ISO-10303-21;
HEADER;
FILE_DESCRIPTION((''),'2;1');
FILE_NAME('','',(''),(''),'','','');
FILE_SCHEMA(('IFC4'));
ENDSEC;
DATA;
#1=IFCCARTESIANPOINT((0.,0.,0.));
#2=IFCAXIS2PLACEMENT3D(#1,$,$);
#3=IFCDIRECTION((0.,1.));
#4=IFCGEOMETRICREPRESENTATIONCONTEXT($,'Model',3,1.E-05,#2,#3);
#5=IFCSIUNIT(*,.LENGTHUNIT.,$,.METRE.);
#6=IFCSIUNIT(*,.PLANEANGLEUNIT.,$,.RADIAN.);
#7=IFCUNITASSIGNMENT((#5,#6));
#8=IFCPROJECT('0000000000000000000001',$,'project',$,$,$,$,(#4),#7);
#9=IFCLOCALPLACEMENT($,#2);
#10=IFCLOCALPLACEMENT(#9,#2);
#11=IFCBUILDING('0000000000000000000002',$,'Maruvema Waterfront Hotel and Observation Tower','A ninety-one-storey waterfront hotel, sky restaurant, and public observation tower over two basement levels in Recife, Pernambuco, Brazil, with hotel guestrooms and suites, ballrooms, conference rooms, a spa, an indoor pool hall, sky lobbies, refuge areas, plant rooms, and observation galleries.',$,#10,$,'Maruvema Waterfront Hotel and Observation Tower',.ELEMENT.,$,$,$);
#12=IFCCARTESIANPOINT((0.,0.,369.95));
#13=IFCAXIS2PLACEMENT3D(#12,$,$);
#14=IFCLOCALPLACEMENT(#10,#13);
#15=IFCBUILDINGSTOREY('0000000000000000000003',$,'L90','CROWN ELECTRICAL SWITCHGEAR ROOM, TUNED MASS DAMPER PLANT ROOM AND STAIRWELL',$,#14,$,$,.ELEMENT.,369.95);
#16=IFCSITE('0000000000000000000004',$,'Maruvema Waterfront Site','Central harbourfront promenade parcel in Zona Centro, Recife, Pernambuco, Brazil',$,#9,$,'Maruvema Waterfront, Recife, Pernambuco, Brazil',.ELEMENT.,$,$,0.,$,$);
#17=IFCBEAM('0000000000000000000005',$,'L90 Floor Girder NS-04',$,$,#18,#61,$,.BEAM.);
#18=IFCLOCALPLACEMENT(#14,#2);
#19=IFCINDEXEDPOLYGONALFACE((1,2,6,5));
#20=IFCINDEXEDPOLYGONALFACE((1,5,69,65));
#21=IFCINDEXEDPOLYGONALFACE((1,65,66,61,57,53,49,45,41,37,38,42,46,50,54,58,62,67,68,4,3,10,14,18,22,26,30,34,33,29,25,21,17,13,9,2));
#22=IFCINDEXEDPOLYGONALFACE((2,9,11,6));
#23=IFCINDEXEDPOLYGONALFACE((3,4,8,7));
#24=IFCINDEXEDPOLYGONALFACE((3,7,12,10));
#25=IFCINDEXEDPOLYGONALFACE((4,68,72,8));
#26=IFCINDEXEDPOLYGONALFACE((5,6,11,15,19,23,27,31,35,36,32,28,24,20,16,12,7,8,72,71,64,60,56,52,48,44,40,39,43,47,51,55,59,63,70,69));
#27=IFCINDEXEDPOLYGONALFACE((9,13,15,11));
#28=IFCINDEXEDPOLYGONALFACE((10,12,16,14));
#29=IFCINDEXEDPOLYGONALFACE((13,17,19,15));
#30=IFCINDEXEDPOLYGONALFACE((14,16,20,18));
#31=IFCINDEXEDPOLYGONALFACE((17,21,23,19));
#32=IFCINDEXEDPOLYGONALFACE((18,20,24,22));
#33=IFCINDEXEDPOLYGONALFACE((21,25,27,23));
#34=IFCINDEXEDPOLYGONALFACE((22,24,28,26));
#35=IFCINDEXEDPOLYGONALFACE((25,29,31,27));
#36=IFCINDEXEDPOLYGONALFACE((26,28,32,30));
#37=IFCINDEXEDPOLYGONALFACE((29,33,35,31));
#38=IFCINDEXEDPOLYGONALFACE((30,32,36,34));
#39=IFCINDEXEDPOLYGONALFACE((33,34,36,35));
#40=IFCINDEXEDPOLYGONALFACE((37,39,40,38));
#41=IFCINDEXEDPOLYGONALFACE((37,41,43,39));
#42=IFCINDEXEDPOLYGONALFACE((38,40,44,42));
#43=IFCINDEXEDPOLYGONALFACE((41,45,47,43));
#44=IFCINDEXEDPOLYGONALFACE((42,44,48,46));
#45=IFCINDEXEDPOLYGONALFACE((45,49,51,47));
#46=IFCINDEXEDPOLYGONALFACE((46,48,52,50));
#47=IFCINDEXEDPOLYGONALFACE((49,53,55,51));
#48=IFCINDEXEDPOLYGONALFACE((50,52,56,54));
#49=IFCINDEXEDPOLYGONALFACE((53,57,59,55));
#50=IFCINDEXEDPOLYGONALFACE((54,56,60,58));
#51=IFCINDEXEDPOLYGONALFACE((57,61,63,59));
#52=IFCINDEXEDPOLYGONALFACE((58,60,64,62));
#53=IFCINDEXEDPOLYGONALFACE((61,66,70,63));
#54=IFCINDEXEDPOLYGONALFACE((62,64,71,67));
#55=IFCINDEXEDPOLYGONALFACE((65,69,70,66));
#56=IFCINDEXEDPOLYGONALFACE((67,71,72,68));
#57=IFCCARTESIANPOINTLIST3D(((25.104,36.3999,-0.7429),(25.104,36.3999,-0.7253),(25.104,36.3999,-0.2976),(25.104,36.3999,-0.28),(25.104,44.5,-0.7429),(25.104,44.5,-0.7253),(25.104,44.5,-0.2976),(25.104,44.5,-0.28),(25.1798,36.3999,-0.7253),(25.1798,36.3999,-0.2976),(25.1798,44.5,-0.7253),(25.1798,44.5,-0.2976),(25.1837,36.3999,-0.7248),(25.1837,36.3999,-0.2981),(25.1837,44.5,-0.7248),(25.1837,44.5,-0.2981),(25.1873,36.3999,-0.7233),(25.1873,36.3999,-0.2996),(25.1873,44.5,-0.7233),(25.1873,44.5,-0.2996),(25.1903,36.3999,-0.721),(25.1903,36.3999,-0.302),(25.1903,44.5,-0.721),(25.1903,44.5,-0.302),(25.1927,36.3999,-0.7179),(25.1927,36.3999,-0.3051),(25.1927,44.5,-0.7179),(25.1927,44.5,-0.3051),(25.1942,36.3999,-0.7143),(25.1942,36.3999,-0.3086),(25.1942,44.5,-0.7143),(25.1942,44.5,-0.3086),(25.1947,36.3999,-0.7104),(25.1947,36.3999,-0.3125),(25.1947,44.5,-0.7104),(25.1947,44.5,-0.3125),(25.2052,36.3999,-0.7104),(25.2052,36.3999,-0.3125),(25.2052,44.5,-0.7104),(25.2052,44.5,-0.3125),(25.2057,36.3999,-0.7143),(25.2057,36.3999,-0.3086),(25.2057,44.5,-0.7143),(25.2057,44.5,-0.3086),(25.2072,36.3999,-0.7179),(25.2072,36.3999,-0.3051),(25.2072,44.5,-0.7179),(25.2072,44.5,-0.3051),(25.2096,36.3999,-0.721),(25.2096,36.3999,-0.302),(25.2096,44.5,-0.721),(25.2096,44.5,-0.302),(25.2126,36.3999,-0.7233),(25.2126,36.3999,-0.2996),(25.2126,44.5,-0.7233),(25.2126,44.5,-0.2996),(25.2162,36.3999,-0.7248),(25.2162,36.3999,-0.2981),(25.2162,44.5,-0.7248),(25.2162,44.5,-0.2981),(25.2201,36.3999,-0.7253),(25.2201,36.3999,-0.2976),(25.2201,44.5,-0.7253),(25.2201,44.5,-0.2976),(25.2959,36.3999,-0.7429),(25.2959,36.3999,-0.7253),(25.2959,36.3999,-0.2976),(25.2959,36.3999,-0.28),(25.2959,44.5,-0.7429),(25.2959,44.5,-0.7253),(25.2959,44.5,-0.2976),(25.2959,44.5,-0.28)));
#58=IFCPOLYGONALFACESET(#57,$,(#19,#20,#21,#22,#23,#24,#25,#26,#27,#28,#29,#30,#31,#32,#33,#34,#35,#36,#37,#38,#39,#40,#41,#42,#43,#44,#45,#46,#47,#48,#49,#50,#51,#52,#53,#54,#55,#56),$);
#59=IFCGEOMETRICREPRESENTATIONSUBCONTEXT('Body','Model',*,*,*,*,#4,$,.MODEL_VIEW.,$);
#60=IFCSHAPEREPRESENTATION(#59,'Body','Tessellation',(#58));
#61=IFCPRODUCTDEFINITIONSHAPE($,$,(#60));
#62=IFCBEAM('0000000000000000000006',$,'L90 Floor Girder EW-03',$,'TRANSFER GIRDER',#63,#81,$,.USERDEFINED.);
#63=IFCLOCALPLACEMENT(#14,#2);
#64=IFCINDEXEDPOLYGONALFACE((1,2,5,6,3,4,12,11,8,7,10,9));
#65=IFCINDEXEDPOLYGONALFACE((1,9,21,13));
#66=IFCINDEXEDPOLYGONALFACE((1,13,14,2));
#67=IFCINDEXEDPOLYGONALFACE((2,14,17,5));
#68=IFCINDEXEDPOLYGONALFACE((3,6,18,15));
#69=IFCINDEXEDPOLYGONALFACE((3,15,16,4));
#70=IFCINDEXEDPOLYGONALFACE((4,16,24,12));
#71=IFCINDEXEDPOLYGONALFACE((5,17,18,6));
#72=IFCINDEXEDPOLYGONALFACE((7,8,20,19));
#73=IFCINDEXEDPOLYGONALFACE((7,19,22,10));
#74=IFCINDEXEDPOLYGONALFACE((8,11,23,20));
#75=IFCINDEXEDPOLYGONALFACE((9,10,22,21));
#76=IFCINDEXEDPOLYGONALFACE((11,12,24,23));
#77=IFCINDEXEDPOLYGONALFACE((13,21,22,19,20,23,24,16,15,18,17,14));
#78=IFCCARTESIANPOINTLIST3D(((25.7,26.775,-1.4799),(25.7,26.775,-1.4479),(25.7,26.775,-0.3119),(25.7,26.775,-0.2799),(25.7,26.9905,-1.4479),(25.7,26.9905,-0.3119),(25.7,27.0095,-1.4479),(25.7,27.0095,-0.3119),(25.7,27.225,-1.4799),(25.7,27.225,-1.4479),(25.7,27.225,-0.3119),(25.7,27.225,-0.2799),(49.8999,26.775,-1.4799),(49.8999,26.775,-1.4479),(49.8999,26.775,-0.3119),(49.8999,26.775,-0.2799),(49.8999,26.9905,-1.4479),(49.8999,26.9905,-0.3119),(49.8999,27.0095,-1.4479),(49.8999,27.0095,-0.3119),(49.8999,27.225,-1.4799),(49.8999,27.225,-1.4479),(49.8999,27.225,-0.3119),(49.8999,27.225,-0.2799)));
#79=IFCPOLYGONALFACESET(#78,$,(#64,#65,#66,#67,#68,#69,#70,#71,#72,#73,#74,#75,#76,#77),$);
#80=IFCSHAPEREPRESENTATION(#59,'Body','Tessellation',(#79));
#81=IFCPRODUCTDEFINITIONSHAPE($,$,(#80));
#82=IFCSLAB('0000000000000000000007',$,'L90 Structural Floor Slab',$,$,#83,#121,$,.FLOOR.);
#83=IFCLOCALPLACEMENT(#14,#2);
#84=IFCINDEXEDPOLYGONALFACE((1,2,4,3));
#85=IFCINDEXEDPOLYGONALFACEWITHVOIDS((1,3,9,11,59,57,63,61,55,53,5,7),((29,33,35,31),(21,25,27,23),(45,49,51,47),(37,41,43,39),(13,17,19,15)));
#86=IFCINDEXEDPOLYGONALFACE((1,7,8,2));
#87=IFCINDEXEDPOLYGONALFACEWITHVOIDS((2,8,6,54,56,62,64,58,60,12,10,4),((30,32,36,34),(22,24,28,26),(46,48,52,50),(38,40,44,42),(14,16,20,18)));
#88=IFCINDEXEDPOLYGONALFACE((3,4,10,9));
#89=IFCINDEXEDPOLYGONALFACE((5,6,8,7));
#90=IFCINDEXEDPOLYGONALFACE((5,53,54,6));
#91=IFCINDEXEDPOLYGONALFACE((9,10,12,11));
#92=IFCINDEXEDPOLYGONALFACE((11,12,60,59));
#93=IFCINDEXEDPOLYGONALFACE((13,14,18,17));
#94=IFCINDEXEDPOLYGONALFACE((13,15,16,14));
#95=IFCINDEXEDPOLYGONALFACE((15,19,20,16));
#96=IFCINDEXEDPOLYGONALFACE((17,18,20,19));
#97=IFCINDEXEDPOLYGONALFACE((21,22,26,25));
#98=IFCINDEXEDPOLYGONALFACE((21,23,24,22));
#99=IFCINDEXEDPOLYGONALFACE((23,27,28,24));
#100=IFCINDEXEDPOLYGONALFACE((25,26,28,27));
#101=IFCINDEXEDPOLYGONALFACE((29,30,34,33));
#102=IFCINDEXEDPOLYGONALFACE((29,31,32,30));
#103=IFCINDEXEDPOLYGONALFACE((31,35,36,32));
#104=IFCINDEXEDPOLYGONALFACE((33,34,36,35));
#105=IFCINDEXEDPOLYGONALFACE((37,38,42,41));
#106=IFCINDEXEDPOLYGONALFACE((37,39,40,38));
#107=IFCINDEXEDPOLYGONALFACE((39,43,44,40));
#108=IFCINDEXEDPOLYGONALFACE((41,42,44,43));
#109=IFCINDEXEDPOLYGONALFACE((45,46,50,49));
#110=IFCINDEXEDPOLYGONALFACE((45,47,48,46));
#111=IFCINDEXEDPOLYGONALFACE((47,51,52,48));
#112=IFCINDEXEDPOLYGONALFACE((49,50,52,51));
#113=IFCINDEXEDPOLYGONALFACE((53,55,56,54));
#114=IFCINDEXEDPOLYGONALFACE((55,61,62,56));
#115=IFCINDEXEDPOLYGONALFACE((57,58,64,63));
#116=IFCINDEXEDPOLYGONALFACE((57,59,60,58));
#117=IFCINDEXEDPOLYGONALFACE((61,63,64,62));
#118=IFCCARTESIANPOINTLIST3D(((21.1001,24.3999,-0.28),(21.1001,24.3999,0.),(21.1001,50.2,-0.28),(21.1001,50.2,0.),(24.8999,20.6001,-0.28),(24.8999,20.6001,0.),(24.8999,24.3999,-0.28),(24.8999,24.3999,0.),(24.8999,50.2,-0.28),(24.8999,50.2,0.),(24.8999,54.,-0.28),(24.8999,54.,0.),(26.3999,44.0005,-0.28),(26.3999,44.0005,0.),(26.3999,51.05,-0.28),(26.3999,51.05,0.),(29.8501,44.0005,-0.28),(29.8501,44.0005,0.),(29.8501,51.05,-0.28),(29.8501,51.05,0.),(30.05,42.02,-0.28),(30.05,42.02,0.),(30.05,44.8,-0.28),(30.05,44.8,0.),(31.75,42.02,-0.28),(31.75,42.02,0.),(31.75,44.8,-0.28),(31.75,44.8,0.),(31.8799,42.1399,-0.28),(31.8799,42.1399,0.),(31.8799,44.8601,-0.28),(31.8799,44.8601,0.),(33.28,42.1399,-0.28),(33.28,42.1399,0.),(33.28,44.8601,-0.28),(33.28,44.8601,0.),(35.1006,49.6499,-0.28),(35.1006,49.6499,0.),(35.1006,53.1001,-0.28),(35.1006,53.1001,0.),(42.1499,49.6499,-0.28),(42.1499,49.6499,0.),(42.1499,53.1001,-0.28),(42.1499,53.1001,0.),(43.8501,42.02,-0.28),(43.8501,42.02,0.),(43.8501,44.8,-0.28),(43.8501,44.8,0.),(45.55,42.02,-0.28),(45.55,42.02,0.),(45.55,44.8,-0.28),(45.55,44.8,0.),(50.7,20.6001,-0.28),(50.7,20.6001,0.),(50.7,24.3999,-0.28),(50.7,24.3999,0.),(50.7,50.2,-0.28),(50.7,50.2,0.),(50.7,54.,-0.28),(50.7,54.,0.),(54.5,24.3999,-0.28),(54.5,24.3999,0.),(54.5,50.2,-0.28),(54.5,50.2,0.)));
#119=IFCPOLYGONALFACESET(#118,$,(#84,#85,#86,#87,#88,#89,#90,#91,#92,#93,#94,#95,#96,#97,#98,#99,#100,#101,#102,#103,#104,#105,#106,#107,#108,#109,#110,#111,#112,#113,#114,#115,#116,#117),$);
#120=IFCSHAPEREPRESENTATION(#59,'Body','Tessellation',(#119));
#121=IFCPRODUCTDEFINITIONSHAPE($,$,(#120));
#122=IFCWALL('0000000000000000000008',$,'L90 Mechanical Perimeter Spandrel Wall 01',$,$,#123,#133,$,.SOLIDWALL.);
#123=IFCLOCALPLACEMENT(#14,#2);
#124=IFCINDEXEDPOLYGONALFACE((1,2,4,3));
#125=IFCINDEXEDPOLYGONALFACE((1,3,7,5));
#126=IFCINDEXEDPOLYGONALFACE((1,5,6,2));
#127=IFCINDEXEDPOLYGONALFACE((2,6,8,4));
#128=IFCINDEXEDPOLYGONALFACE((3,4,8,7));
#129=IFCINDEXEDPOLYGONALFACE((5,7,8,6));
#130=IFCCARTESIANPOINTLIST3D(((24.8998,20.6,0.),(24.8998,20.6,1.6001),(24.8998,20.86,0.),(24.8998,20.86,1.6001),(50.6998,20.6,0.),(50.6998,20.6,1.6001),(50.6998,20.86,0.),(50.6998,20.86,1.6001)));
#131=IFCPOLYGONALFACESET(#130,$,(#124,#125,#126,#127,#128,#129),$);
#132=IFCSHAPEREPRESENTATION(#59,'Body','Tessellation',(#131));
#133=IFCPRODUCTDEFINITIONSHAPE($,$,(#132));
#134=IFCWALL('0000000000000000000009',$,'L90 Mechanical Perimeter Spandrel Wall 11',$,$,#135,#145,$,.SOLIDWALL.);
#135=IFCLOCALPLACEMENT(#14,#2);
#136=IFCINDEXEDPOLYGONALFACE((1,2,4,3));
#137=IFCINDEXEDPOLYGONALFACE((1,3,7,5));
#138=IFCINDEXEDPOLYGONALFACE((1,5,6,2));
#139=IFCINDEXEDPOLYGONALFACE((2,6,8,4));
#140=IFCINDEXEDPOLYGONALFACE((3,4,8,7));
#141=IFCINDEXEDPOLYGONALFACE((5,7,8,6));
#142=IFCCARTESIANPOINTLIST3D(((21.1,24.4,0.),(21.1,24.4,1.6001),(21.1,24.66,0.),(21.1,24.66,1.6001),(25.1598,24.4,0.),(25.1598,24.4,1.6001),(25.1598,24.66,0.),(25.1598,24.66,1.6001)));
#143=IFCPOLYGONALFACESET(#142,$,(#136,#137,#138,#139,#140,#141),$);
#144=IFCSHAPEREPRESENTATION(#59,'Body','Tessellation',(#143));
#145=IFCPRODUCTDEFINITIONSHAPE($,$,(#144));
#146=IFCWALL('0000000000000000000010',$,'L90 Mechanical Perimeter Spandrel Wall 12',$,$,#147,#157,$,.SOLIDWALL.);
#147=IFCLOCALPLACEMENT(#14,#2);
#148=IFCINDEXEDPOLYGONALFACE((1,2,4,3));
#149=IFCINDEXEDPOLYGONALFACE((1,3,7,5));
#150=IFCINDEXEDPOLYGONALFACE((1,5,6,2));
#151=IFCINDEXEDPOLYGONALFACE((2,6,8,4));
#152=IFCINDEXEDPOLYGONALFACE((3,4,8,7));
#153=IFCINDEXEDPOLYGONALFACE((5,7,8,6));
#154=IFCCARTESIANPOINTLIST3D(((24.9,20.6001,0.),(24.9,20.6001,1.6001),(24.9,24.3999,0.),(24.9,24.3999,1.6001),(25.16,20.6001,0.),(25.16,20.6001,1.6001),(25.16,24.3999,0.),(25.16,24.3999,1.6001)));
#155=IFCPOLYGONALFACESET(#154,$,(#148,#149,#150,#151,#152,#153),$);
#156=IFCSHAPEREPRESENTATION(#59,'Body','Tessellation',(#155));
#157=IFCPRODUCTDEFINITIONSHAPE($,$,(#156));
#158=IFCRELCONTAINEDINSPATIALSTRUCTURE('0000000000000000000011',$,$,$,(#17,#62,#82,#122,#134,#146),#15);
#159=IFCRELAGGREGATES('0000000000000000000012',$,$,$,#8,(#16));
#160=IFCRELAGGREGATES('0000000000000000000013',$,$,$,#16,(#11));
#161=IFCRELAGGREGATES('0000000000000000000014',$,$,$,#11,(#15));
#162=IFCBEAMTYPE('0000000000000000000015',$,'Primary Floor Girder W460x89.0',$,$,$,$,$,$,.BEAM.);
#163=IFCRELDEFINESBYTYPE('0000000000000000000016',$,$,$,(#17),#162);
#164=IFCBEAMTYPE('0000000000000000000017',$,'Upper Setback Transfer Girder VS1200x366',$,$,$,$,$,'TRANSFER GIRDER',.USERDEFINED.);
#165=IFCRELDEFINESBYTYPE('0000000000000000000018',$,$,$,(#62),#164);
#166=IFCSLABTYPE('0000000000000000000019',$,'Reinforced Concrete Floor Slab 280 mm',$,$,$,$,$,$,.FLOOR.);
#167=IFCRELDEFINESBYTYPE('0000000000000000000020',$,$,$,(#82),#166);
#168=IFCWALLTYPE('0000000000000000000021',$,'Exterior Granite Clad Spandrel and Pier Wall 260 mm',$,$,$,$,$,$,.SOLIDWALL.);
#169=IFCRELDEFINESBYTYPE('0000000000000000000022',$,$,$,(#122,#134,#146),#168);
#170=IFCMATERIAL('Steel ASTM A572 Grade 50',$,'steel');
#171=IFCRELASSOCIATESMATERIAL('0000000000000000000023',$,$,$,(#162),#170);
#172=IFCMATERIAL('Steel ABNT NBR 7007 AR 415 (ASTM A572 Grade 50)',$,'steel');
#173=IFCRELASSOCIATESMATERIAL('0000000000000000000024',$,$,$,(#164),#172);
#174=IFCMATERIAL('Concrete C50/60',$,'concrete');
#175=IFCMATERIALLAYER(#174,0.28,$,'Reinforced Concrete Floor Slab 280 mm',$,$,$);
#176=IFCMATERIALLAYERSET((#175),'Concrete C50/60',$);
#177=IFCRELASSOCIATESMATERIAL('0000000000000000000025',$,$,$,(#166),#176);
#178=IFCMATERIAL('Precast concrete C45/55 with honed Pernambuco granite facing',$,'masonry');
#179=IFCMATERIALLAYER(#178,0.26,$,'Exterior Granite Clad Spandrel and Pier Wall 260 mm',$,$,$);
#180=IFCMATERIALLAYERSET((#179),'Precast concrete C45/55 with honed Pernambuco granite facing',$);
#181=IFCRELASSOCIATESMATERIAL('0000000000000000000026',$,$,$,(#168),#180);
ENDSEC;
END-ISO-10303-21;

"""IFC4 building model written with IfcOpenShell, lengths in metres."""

from ifc_helpers import new_model, si_unit, direction, frame, frame_2d, origin, origin_2d, place, context, subcontext, project, spatial, polyline, rectangle, i_section, outline, extrude, material, layer, layer_set, material_profile, profile_set, type_object, element, save


model = new_model("IFC4")

# Units and contexts
model_context = context("Model", 3, precision=1e-05, world=origin(), true_north=direction((0.0, 1.0)))
body_context = subcontext(model_context, "Body", "Model", "MODEL_VIEW")
ifc_project = project(units=[si_unit("LENGTHUNIT", "METRE"), si_unit("PLANEANGLEUNIT", "RADIAN")], contexts=[model_context])

# Site, building, storey
site_placement = place(None, origin())
site = spatial("IfcSite", under=ifc_project, at=site_placement, Name="Maruvema Waterfront Site", Description="Central harbourfront promenade parcel in Zona Centro, Recife, Pernambuco, Brazil", LongName="Maruvema Waterfront, Recife, Pernambuco, Brazil", CompositionType="ELEMENT", RefElevation=0.0)
building_placement = place(site_placement, origin())
building = spatial("IfcBuilding", under=site, at=building_placement, Name="Maruvema Waterfront Hotel and Observation Tower", Description="A ninety-one-storey waterfront hotel, sky restaurant, and public observation tower over two basement levels in Recife, Pernambuco, Brazil, with hotel guestrooms and suites, ballrooms, conference rooms, a spa, an indoor pool hall, sky lobbies, refuge areas, plant rooms, and observation galleries.", LongName="Maruvema Waterfront Hotel and Observation Tower", CompositionType="ELEMENT")
storey_placement = place(building_placement, frame((0.0, 0.0, 369.95)))
storey = spatial("IfcBuildingStorey", under=building, at=storey_placement, Name="L90", Description="CROWN ELECTRICAL SWITCHGEAR ROOM, TUNED MASS DAMPER PLANT ROOM AND STAIRWELL", CompositionType="ELEMENT", Elevation=369.95)

# Beams
ifc_material_1 = material(Name="Steel ASTM A572 Grade 50", Category="steel")
ifc_material_profile_1 = material_profile(ifc_material_1, i_section(OverallWidth=0.1919, OverallDepth=0.4629, WebThickness=0.0105, FlangeThickness=0.0176, FilletRadius=0.0149, at=origin_2d()), Name="W460x89.0")
ifc_profile_set_1 = profile_set([ifc_material_profile_1], Name="Steel ASTM A572 Grade 50")
beam_type_1 = type_object("IfcBeamType", Name="Primary Floor Girder W460x89.0", PredefinedType="BEAM", material=ifc_profile_set_1)
for number, where, z_axis, x_axis, name in (
    (1, (25.2, 36.3999, -0.5115), (0.0, 1.0, 0.0), (-1.0, 0.0, 0.0), "L90 Floor Girder NS-04"),
):
    element("IfcBeam", number, at=place(storey_placement, frame(where, z_axis=z_axis, x_axis=x_axis)), inside=storey, type_object=beam_type_1, Name=name, PredefinedType="BEAM", context=body_context, shape_type="SweptSolid", body=[
        extrude(i_section(OverallWidth=0.1919, OverallDepth=0.4629, WebThickness=0.0105, FlangeThickness=0.0176, FilletRadius=0.0149, at=origin_2d()), origin(), (0.0, 0.0, 1.0), 8.1001),
    ])
ifc_material_2 = material(Name="Steel ABNT NBR 7007 AR 415 (ASTM A572 Grade 50)", Category="steel")
ifc_material_profile_2 = material_profile(ifc_material_2, i_section(OverallWidth=0.45, OverallDepth=1.2, WebThickness=0.019, FlangeThickness=0.032, at=origin_2d()), Name="VS1200x366")
ifc_profile_set_2 = profile_set([ifc_material_profile_2], Name="Steel ABNT NBR 7007 AR 415 (ASTM A572 Grade 50)")
beam_type_2 = type_object("IfcBeamType", Name="Upper Setback Transfer Girder VS1200x366", ElementType="TRANSFER GIRDER", PredefinedType="USERDEFINED", material=ifc_profile_set_2)
beam_1_placement = place(storey_placement, frame((25.7, 27.0, -0.8799), z_axis=(1.0, 0.0, 0.0), x_axis=(0.0, 1.0, 0.0)))
element("IfcBeam", 2, at=beam_1_placement, inside=storey, type_object=beam_type_2, Name="L90 Floor Girder EW-03", ObjectType="TRANSFER GIRDER", PredefinedType="USERDEFINED", context=body_context, shape_type="SweptSolid", body=[
    extrude(i_section(OverallWidth=0.45, OverallDepth=1.2, WebThickness=0.019, FlangeThickness=0.032, at=origin_2d()), origin(), (0.0, 0.0, 1.0), 24.2),
])

# Slab
ifc_material_3 = material(Name="Concrete C50/60", Category="concrete")
ifc_layer_1 = layer(ifc_material_3, 0.28, Name="Reinforced Concrete Floor Slab 280 mm")
ifc_layer_set_1 = layer_set([ifc_layer_1], Name="Concrete C50/60")
slab_type = type_object("IfcSlabType", Name="Reinforced Concrete Floor Slab 280 mm", PredefinedType="FLOOR", material=ifc_layer_set_1)
slab_placement = place(storey_placement, frame((0.0, 0.0, -0.28)))
element("IfcSlab", 3, at=slab_placement, inside=storey, type_object=slab_type, Name="L90 Structural Floor Slab", PredefinedType="FLOOR", context=body_context, shape_type="SweptSolid", body=[
    extrude(outline(polyline([(24.8999, 20.6001), (50.7, 20.6001), (50.7, 24.3999), (54.5, 24.3999), (54.5, 50.2), (50.7, 50.2), (50.7, 54.0), (24.8999, 54.0), (24.8999, 50.2), (21.1001, 50.2), (21.1001, 24.3999), (24.8999, 24.3999), (24.8999, 20.6001)]), holes=[polyline([(29.8501, 44.0005), (26.3999, 44.0005), (26.3999, 51.05), (29.8501, 51.05), (29.8501, 44.0005)]), polyline([(31.75, 42.02), (30.05, 42.02), (30.05, 44.8), (31.75, 44.8), (31.75, 42.02)]), polyline([(33.28, 42.1399), (31.8799, 42.1399), (31.8799, 44.8601), (33.28, 44.8601), (33.28, 42.1399)]), polyline([(35.1006, 49.6499), (35.1006, 53.1001), (42.1499, 53.1001), (42.1499, 49.6499), (35.1006, 49.6499)]), polyline([(45.55, 42.02), (43.8501, 42.02), (43.8501, 44.8), (45.55, 44.8), (45.55, 42.02)])]), origin(), (0.0, 0.0, 1.0), 0.28),
])

# Walls
ifc_material_4 = material(Name="Precast concrete C45/55 with honed Pernambuco granite facing", Category="masonry")
ifc_layer_2 = layer(ifc_material_4, 0.26, Name="Exterior Granite Clad Spandrel and Pier Wall 260 mm")
ifc_layer_set_2 = layer_set([ifc_layer_2], Name="Precast concrete C45/55 with honed Pernambuco granite facing")
wall_type_1 = type_object("IfcWallType", Name="Exterior Granite Clad Spandrel and Pier Wall 260 mm", PredefinedType="SOLIDWALL", material=ifc_layer_set_2)
wall_1_placement = place(storey_placement, frame((24.8999, 20.73, 0.0), z_axis=(0.0, 0.0, 1.0), x_axis=(1.0, 0.0, 0.0)))
element("IfcWall", 4, at=wall_1_placement, inside=storey, type_object=wall_type_1, Name="L90 Mechanical Perimeter Spandrel Wall 01", PredefinedType="SOLIDWALL", context=body_context, shape_type="SweptSolid", body=[
    extrude(rectangle(XDim=25.8, YDim=0.26, at=frame_2d((12.8999, 0.0))), origin(), (0.0, 0.0, 1.0), 1.6001),
])
wall_2_placement = place(storey_placement, frame((21.1001, 24.53, 0.0), z_axis=(0.0, 0.0, 1.0), x_axis=(1.0, 0.0, 0.0)))
element("IfcWall", 5, at=wall_2_placement, inside=storey, type_object=wall_type_1, Name="L90 Mechanical Perimeter Spandrel Wall 11", PredefinedType="SOLIDWALL", context=body_context, shape_type="SweptSolid", body=[
    extrude(rectangle(XDim=4.0598, YDim=0.26, at=frame_2d((2.0298, 0.0))), origin(), (0.0, 0.0, 1.0), 1.6001),
])
wall_3_placement = place(storey_placement, frame((25.03, 24.3999, 0.0), z_axis=(0.0, 0.0, 1.0), x_axis=(0.0, -1.0, 0.0)))
element("IfcWall", 6, at=wall_3_placement, inside=storey, type_object=wall_type_1, Name="L90 Mechanical Perimeter Spandrel Wall 12", PredefinedType="SOLIDWALL", context=body_context, shape_type="SweptSolid", body=[
    extrude(rectangle(XDim=3.7998, YDim=0.26, at=frame_2d((1.8999, 0.0))), origin(), (0.0, 0.0, 1.0), 1.6001),
])

save(model, "model.ifc")
